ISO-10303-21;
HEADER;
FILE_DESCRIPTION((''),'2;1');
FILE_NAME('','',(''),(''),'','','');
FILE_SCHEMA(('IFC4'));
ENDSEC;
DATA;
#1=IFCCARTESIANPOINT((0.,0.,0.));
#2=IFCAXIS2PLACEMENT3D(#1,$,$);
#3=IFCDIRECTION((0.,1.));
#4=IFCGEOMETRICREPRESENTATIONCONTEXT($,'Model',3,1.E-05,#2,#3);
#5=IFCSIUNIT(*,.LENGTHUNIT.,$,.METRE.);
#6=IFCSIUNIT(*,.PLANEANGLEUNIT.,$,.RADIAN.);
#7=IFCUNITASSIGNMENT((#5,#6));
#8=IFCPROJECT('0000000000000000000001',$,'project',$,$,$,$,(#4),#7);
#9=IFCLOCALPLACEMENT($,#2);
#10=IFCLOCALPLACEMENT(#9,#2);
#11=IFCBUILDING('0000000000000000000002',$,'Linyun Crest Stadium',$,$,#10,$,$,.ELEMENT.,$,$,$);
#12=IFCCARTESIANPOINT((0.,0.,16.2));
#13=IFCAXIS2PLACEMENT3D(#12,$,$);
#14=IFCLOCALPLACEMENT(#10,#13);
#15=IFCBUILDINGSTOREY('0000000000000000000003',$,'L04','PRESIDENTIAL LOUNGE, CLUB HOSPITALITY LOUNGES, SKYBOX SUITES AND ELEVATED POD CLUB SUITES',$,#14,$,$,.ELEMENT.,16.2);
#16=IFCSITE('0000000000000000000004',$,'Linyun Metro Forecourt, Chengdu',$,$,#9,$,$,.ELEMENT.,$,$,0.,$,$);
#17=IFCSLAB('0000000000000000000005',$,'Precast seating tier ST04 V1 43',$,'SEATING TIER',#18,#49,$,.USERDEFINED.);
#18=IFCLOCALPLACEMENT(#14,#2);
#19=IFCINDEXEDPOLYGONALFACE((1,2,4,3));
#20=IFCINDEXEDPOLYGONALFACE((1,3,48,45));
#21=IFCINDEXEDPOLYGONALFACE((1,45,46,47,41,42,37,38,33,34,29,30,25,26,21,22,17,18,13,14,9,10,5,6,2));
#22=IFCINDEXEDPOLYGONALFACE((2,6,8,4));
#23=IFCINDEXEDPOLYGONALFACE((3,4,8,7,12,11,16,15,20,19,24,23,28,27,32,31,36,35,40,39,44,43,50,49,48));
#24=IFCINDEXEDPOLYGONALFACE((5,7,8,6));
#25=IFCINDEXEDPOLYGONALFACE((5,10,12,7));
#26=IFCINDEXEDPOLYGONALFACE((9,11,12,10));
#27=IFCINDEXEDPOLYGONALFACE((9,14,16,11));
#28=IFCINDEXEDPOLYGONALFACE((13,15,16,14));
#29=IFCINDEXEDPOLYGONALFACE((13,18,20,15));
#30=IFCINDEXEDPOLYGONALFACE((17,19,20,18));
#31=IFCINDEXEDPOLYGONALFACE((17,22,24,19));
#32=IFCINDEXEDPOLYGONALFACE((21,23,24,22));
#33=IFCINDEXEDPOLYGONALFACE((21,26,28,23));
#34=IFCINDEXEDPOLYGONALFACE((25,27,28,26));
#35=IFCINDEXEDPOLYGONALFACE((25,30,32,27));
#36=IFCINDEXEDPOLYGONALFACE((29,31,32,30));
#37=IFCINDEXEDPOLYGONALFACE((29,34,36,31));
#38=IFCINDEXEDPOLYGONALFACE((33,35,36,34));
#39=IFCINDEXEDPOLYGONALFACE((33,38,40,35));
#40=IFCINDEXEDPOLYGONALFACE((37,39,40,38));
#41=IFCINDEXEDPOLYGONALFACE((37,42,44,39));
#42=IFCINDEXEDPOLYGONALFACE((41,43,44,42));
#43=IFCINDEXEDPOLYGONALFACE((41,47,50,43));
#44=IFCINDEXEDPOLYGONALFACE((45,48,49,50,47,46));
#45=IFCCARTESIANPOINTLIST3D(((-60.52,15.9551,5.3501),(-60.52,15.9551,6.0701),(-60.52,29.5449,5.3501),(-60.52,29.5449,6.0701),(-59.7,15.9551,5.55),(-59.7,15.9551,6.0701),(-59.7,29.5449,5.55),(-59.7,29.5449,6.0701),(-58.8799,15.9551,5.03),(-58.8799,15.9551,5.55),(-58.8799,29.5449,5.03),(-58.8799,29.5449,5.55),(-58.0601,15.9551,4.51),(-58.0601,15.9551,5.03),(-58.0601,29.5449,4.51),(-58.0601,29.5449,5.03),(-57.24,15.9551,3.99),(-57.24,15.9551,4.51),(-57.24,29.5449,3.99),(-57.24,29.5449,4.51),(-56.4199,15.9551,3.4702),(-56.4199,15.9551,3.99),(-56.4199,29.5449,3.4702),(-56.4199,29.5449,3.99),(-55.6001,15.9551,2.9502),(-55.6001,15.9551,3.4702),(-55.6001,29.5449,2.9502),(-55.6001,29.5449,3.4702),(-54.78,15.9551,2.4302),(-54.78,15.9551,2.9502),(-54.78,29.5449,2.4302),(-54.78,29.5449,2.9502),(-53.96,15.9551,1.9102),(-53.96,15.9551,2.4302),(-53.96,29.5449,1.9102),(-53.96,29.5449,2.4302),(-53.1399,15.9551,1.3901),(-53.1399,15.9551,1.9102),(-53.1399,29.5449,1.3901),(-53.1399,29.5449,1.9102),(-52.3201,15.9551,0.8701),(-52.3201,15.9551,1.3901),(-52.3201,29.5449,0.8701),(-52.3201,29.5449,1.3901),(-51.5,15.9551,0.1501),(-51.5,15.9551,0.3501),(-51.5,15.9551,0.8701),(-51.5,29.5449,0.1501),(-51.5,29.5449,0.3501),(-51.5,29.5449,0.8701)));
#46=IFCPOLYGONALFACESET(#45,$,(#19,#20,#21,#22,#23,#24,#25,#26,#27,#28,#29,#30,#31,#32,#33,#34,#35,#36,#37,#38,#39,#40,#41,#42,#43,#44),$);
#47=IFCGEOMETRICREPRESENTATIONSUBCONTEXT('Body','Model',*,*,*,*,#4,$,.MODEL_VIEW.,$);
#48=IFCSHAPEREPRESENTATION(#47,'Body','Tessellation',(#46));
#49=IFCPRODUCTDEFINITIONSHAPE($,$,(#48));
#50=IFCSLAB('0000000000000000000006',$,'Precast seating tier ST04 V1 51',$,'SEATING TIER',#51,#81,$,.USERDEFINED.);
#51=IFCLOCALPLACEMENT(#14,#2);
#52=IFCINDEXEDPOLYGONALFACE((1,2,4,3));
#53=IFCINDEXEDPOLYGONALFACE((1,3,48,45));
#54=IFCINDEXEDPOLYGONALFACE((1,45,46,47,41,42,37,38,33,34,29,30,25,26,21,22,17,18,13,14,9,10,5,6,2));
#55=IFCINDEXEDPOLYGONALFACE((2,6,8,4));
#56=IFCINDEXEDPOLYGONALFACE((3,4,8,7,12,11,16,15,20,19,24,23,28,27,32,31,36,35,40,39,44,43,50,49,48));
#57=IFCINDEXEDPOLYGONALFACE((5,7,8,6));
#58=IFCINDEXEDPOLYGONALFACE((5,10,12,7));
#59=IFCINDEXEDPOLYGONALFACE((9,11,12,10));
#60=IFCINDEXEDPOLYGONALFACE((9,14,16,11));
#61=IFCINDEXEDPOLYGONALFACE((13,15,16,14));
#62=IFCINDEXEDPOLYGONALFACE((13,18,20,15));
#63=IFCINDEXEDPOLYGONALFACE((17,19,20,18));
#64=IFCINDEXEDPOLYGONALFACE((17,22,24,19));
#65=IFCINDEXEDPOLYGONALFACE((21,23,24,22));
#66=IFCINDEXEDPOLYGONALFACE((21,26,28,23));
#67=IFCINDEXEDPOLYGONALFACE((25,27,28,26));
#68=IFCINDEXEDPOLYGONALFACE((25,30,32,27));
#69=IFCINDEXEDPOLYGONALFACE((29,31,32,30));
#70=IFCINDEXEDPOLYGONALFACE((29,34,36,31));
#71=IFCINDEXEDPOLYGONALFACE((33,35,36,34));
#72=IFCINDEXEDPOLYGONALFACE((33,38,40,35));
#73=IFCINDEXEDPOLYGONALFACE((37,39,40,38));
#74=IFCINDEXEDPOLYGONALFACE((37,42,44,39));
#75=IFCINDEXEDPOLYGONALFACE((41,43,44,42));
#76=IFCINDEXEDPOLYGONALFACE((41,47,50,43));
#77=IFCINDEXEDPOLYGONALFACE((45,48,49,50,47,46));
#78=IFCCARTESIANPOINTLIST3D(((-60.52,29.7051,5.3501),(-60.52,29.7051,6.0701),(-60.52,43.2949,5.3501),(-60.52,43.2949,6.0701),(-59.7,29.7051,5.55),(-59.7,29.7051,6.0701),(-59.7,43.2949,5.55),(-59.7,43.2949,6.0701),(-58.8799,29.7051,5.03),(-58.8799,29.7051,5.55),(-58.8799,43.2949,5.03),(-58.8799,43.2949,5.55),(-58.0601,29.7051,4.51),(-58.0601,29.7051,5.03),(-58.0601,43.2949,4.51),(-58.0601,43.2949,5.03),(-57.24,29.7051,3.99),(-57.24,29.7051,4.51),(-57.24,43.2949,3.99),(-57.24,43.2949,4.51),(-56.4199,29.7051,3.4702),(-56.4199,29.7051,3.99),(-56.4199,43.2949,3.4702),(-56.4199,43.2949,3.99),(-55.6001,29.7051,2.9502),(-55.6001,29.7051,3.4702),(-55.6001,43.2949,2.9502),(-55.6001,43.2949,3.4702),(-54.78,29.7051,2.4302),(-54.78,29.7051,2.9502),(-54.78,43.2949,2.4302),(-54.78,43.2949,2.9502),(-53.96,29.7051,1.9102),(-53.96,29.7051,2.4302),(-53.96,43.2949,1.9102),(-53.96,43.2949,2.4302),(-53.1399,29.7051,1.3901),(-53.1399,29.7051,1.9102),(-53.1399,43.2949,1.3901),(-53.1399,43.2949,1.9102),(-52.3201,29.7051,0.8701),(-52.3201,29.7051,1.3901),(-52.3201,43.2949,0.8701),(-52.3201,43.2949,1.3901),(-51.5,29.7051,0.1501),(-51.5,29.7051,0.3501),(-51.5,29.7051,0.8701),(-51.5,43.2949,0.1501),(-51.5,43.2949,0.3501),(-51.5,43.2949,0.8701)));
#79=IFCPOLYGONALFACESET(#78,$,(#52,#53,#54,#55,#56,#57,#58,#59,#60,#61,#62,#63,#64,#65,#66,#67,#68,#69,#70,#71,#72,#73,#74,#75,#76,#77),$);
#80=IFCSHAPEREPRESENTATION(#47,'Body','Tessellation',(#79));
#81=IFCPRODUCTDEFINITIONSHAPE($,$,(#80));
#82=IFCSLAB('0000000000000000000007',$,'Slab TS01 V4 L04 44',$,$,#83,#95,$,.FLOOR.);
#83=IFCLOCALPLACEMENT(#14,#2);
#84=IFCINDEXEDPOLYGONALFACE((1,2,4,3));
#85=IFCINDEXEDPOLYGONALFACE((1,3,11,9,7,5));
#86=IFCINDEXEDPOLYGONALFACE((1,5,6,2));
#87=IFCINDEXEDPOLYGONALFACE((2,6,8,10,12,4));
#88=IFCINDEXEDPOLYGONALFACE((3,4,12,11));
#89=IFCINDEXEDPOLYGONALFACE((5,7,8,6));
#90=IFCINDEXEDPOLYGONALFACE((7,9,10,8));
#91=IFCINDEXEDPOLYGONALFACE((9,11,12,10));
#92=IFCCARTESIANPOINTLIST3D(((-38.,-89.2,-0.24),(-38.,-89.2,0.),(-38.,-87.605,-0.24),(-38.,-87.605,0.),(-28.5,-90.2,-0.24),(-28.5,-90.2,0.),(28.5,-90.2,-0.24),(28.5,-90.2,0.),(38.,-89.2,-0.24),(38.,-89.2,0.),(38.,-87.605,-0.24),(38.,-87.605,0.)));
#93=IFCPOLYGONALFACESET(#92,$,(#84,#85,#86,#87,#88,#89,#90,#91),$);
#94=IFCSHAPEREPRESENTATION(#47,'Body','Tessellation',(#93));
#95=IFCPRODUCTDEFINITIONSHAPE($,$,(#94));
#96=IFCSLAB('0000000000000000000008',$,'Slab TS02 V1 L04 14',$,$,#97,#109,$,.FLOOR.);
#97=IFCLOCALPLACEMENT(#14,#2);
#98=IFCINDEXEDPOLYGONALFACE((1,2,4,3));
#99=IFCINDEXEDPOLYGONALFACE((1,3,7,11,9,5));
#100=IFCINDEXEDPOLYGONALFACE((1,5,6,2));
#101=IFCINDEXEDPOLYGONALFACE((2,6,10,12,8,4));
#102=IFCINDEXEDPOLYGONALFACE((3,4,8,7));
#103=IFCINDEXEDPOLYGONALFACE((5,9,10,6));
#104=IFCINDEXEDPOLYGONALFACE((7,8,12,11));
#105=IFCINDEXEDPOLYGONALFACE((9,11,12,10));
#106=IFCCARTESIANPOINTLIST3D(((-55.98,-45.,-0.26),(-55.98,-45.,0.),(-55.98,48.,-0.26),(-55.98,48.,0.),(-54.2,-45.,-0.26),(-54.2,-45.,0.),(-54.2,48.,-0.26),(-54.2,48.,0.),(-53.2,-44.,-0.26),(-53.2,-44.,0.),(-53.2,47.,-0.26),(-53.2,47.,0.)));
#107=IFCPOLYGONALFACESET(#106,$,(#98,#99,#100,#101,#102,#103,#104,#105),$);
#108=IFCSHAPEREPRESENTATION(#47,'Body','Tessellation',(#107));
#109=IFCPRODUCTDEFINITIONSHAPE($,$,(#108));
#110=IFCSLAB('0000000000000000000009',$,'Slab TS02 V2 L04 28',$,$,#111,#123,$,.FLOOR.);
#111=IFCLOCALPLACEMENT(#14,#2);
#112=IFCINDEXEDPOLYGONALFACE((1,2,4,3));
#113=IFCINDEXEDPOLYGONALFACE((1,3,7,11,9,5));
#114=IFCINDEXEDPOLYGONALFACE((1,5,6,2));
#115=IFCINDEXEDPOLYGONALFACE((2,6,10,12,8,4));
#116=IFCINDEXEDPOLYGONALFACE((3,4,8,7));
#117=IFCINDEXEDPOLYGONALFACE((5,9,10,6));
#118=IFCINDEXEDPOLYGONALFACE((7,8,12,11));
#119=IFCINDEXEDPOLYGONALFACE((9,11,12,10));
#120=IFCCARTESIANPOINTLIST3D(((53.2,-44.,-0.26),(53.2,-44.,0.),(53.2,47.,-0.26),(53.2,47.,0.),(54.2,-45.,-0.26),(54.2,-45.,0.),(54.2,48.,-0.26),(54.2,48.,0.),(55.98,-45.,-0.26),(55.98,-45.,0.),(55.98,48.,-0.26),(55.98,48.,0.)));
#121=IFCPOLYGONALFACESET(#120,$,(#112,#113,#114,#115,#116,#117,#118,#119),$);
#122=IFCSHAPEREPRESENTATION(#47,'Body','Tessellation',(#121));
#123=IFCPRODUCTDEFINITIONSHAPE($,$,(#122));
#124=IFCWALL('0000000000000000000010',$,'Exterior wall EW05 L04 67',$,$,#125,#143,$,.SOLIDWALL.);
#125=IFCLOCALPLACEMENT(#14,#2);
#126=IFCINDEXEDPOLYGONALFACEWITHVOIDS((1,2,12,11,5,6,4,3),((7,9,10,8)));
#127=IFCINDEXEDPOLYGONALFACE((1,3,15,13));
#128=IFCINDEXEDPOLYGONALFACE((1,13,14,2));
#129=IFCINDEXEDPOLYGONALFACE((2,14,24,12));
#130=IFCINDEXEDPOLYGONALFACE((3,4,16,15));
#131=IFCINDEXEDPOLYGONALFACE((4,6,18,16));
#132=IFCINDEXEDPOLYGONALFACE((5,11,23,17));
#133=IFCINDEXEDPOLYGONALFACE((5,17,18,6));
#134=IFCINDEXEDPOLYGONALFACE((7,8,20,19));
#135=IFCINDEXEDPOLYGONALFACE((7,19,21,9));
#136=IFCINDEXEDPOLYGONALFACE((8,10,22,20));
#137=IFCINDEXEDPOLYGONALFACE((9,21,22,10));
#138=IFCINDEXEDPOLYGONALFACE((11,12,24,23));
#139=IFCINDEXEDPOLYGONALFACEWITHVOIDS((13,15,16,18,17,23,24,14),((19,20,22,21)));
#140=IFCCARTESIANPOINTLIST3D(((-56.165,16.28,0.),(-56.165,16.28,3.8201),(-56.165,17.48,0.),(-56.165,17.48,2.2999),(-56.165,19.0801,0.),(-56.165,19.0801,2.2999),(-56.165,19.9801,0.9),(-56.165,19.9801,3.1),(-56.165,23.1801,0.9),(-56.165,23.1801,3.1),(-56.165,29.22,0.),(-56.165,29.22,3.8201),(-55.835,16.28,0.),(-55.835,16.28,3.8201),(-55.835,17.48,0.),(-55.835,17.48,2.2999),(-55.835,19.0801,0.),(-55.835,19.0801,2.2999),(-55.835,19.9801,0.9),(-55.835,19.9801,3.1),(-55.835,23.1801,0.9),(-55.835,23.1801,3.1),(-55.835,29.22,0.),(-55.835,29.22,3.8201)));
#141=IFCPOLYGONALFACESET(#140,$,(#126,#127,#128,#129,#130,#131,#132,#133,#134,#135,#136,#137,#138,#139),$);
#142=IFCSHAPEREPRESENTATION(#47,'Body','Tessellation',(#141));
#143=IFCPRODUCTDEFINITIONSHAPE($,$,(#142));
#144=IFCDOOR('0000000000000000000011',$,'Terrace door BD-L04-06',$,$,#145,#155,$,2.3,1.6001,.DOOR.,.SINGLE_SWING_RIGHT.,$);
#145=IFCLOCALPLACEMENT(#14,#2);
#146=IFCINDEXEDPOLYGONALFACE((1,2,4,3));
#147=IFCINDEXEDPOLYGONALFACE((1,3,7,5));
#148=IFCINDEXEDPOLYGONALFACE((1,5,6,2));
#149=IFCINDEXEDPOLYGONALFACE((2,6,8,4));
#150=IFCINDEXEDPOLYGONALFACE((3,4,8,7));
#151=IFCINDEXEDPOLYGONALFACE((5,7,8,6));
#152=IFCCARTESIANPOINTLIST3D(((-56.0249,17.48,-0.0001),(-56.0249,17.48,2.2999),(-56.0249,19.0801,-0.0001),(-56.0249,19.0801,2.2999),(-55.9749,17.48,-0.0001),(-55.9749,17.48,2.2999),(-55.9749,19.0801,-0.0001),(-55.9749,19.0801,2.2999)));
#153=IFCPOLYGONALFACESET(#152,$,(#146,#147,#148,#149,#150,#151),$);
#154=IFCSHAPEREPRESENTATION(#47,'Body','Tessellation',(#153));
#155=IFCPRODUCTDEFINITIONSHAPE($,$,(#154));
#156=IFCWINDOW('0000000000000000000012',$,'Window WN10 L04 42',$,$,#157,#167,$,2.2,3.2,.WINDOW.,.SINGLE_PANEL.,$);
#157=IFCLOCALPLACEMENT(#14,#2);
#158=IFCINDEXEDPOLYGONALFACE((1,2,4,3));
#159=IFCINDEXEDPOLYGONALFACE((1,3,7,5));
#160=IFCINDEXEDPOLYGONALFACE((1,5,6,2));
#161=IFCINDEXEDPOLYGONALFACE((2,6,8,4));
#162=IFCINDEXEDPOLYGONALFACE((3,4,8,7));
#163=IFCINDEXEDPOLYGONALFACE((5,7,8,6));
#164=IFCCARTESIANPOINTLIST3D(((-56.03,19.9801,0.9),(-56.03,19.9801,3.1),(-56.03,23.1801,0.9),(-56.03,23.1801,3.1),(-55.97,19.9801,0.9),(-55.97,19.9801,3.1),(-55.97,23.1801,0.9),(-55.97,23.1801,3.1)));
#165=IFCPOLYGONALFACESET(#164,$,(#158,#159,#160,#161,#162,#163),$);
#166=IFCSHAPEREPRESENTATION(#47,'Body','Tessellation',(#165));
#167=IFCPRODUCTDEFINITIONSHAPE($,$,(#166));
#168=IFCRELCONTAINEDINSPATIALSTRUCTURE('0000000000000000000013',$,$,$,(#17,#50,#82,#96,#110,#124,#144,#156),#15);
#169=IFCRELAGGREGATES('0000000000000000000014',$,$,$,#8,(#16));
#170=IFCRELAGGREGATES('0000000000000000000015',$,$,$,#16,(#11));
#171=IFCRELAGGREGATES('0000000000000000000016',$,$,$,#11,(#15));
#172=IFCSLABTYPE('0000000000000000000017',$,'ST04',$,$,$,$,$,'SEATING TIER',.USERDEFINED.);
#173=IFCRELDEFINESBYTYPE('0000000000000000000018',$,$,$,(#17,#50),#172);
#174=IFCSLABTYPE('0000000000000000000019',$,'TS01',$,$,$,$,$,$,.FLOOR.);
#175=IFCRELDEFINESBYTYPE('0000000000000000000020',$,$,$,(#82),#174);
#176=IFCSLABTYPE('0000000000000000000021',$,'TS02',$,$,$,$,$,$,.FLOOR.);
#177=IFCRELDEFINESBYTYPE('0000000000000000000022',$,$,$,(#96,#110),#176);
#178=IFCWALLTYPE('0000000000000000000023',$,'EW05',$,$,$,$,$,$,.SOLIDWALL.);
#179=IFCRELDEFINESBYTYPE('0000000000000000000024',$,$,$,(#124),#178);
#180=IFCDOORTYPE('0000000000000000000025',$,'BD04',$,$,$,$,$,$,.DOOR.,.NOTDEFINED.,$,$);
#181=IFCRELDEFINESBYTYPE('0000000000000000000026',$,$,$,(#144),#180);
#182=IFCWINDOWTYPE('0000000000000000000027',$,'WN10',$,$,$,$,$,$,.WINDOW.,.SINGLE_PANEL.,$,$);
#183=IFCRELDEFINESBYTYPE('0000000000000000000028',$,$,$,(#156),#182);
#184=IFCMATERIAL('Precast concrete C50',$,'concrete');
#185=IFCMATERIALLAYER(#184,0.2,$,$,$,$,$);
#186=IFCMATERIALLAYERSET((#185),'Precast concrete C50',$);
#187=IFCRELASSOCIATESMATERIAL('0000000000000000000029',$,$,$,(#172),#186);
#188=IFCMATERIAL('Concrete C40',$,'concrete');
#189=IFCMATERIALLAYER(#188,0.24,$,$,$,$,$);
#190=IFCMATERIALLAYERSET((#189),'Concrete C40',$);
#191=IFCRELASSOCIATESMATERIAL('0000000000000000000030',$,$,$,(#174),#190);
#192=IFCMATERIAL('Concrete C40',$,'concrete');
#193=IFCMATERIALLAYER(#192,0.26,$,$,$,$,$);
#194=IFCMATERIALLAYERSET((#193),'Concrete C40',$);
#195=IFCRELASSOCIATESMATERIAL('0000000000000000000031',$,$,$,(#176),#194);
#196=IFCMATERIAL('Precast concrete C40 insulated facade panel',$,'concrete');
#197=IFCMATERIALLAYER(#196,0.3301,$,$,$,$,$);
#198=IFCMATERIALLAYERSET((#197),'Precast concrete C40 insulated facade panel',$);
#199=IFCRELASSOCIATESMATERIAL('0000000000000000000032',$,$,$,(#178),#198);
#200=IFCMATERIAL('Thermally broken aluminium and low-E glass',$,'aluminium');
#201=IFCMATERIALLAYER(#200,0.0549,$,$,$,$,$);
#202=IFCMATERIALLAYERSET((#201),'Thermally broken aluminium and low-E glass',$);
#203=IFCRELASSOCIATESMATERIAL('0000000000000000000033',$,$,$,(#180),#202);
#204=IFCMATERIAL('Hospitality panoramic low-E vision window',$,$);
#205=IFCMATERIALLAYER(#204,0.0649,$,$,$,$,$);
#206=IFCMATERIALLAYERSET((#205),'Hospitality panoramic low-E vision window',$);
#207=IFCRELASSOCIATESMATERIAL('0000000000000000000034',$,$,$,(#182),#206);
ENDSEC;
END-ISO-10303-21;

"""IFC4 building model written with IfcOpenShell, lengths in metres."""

from ifc_helpers import new_model, si_unit, direction, frame, frame_2d, origin, place, context, subcontext, project, spatial, polyline, rectangle, outline, extrude, material, layer, layer_set, type_object, element, fill, save


model = new_model("IFC4")

# Units and contexts
model_context = context("Model", 3, precision=1e-05, world=origin(), true_north=direction((0.0, 1.0)))
body_context = subcontext(model_context, "Body", "Model", "MODEL_VIEW")
ifc_project = project(units=[si_unit("LENGTHUNIT", "METRE"), si_unit("PLANEANGLEUNIT", "RADIAN")], contexts=[model_context])

# Site, building, storey
site_placement = place(None, origin())
site = spatial("IfcSite", under=ifc_project, at=site_placement, Name="Linyun Metro Forecourt, Chengdu", CompositionType="ELEMENT", RefElevation=0.0)
building_placement = place(site_placement, origin())
building = spatial("IfcBuilding", under=site, at=building_placement, Name="Linyun Crest Stadium", CompositionType="ELEMENT")
storey_placement = place(building_placement, frame((0.0, 0.0, 16.2)))
storey = spatial("IfcBuildingStorey", under=building, at=storey_placement, Name="L04", Description="PRESIDENTIAL LOUNGE, CLUB HOSPITALITY LOUNGES, SKYBOX SUITES AND ELEVATED POD CLUB SUITES", CompositionType="ELEMENT", Elevation=16.2)

# Slabs
ifc_material_1 = material(Name="Precast concrete C50", Category="concrete")
ifc_layer_1 = layer(ifc_material_1, 0.2)
ifc_layer_set_1 = layer_set([ifc_layer_1], Name="Precast concrete C50")
slab_type_1 = type_object("IfcSlabType", Name="ST04", ElementType="SEATING TIER", PredefinedType="USERDEFINED", material=ifc_layer_set_1)
for number, where, z_axis, x_axis, name in (
    (1, (-51.5, 15.9551, 0.3501), (0.0, 0.0, 1.0), (-1.0, 0.0, 0.0), "Precast seating tier ST04 V1 43"),
    (2, (-51.5, 29.7051, 0.3501), (0.0, 0.0, 1.0), (-1.0, 0.0, 0.0), "Precast seating tier ST04 V1 51"),
):
    element("IfcSlab", number, at=place(storey_placement, frame(where, z_axis=z_axis, x_axis=x_axis)), inside=storey, type_object=slab_type_1, Name=name, ObjectType="SEATING TIER", PredefinedType="USERDEFINED", context=body_context, shape_type="SweptSolid", body=[
        extrude(outline(polyline([(0.0, 0.0), (0.0, 0.52), (0.8201, 0.52), (0.8201, 1.04), (1.6399, 1.04), (1.6399, 1.5601), (2.46, 1.5601), (2.46, 2.0801), (3.28, 2.0801), (3.28, 2.6001), (4.1001, 2.6001), (4.1001, 3.1201), (4.9199, 3.1201), (4.9199, 3.6399), (5.74, 3.6399), (5.74, 4.1599), (6.5601, 4.1599), (6.5601, 4.6799), (7.3799, 4.6799), (7.3799, 5.2), (8.2, 5.2), (8.2, 5.72), (9.02, 5.72), (9.02, 5.0), (0.0, -0.2), (0.0, 0.0)])), frame((0.0, 0.0, 0.0), z_axis=(0.0, -1.0, 0.0), x_axis=(1.0, 0.0, 0.0)), (0.0, 0.0, 1.0), 13.5898),
    ])
ifc_material_2 = material(Name="Concrete C40", Category="concrete")
ifc_layer_2 = layer(ifc_material_2, 0.24)
ifc_layer_set_2 = layer_set([ifc_layer_2], Name="Concrete C40")
slab_type_2 = type_object("IfcSlabType", Name="TS01", PredefinedType="FLOOR", material=ifc_layer_set_2)
slab_1_placement = place(storey_placement, frame((0.0, 0.0, -0.24)))
element("IfcSlab", 3, at=slab_1_placement, inside=storey, type_object=slab_type_2, Name="Slab TS01 V4 L04 44", PredefinedType="FLOOR", context=body_context, shape_type="SweptSolid", body=[
    extrude(outline(polyline([(-38.0, -89.2), (-28.5, -90.2), (28.5, -90.2), (38.0, -89.2), (38.0, -87.605), (-38.0, -87.605), (-38.0, -89.2)])), origin(), (0.0, 0.0, 1.0), 0.24),
])
ifc_material_3 = material(Name="Concrete C40", Category="concrete")
ifc_layer_3 = layer(ifc_material_3, 0.26)
ifc_layer_set_3 = layer_set([ifc_layer_3], Name="Concrete C40")
slab_type_3 = type_object("IfcSlabType", Name="TS02", PredefinedType="FLOOR", material=ifc_layer_set_3)
slab_2_placement = place(storey_placement, frame((0.0, 0.0, -0.26)))
element("IfcSlab", 4, at=slab_2_placement, inside=storey, type_object=slab_type_3, Name="Slab TS02 V1 L04 14", PredefinedType="FLOOR", context=body_context, shape_type="SweptSolid", body=[
    extrude(outline(polyline([(-55.98, -45.0), (-54.2, -45.0), (-53.2, -44.0), (-53.2, 47.0), (-54.2, 48.0), (-55.98, 48.0), (-55.98, -45.0)])), origin(), (0.0, 0.0, 1.0), 0.26),
])
slab_3_placement = place(storey_placement, frame((0.0, 0.0, -0.26)))
element("IfcSlab", 5, at=slab_3_placement, inside=storey, type_object=slab_type_3, Name="Slab TS02 V2 L04 28", PredefinedType="FLOOR", context=body_context, shape_type="SweptSolid", body=[
    extrude(outline(polyline([(54.2, -45.0), (55.98, -45.0), (55.98, 48.0), (54.2, 48.0), (53.2, 47.0), (53.2, -44.0), (54.2, -45.0)])), origin(), (0.0, 0.0, 1.0), 0.26),
])

# Wall, openings, door, window
ifc_material_4 = material(Name="Precast concrete C40 insulated facade panel", Category="concrete")
ifc_layer_4 = layer(ifc_material_4, 0.3301)
ifc_layer_set_4 = layer_set([ifc_layer_4], Name="Precast concrete C40 insulated facade panel")
wall_type = type_object("IfcWallType", Name="EW05", PredefinedType="SOLIDWALL", material=ifc_layer_set_4)
wall_placement = place(storey_placement, frame((-56.0, 16.28, 0.0), z_axis=(0.0, 0.0, 1.0), x_axis=(0.0, 1.0, 0.0)))
wall = element("IfcWall", 6, at=wall_placement, inside=storey, type_object=wall_type, Name="Exterior wall EW05 L04 67", PredefinedType="SOLIDWALL", context=body_context, shape_type="SweptSolid", body=[
    extrude(rectangle(XDim=12.9399, YDim=0.3301, at=frame_2d((6.47, 0.0))), origin(), (0.0, 0.0, 1.0), 3.8201),
])
opening_1_placement = place(wall_placement, frame((1.2, 0.0, 0.0)))
opening_1 = element("IfcOpeningElement", 7, at=opening_1_placement, cuts=wall, PredefinedType="OPENING", context=body_context, shape_type="SweptSolid", body=[
    extrude(rectangle(XDim=1.6001, YDim=2.3, at=frame_2d((0.8, 1.1499))), frame((0.0, 0.175, 0.0), z_axis=(0.0, -1.0, 0.0), x_axis=(1.0, 0.0, 0.0)), (0.0, 0.0, 1.0), 0.3501),
])
opening_2_placement = place(wall_placement, frame((3.7, 0.0, 0.8999)))
opening_2 = element("IfcOpeningElement", 8, at=opening_2_placement, cuts=wall, PredefinedType="OPENING", context=body_context, shape_type="SweptSolid", body=[
    extrude(rectangle(XDim=3.2, YDim=2.2, at=frame_2d((1.6001, 1.1001))), frame((0.0, 0.175, 0.0), z_axis=(0.0, -1.0, 0.0), x_axis=(1.0, 0.0, 0.0)), (0.0, 0.0, 1.0), 0.3501),
])
ifc_material_5 = material(Name="Thermally broken aluminium and low-E glass", Category="aluminium")
ifc_layer_5 = layer(ifc_material_5, 0.0549)
ifc_layer_set_5 = layer_set([ifc_layer_5], Name="Thermally broken aluminium and low-E glass")
door_type = type_object("IfcDoorType", Name="BD04", OperationType="NOTDEFINED", PredefinedType="DOOR", material=ifc_layer_set_5)
door_placement = place(opening_1_placement, origin())
door = element("IfcDoor", 9, at=door_placement, inside=storey, type_object=door_type, Name="Terrace door BD-L04-06", OperationType="SINGLE_SWING_RIGHT", OverallHeight=2.3, OverallWidth=1.6001, PredefinedType="DOOR", context=body_context, shape_type="SweptSolid", body=[
    extrude(rectangle(XDim=1.6001, YDim=2.3, at=frame_2d((0.8, 1.1499))), frame((0.0, 0.0249, 0.0), z_axis=(0.0, -1.0, 0.0), x_axis=(1.0, 0.0, 0.0)), (0.0, 0.0, 1.0), 0.05),
])
fill(opening_1, door)
ifc_material_6 = material(Name="Hospitality panoramic low-E vision window")
ifc_layer_6 = layer(ifc_material_6, 0.0649)
ifc_layer_set_6 = layer_set([ifc_layer_6], Name="Hospitality panoramic low-E vision window")
window_type = type_object("IfcWindowType", Name="WN10", PartitioningType="SINGLE_PANEL", PredefinedType="WINDOW", material=ifc_layer_set_6)
window_placement = place(opening_2_placement, origin())
window = element("IfcWindow", 10, at=window_placement, inside=storey, type_object=window_type, Name="Window WN10 L04 42", OverallHeight=2.2, OverallWidth=3.2, PartitioningType="SINGLE_PANEL", PredefinedType="WINDOW", context=body_context, shape_type="SweptSolid", body=[
    extrude(rectangle(XDim=3.2, YDim=2.2, at=frame_2d((1.6001, 1.1001))), frame((0.0, 0.03, 0.0), z_axis=(0.0, -1.0, 0.0), x_axis=(1.0, 0.0, 0.0)), (0.0, 0.0, 1.0), 0.0601),
])
fill(opening_2, window)

save(model, "model.ifc")
